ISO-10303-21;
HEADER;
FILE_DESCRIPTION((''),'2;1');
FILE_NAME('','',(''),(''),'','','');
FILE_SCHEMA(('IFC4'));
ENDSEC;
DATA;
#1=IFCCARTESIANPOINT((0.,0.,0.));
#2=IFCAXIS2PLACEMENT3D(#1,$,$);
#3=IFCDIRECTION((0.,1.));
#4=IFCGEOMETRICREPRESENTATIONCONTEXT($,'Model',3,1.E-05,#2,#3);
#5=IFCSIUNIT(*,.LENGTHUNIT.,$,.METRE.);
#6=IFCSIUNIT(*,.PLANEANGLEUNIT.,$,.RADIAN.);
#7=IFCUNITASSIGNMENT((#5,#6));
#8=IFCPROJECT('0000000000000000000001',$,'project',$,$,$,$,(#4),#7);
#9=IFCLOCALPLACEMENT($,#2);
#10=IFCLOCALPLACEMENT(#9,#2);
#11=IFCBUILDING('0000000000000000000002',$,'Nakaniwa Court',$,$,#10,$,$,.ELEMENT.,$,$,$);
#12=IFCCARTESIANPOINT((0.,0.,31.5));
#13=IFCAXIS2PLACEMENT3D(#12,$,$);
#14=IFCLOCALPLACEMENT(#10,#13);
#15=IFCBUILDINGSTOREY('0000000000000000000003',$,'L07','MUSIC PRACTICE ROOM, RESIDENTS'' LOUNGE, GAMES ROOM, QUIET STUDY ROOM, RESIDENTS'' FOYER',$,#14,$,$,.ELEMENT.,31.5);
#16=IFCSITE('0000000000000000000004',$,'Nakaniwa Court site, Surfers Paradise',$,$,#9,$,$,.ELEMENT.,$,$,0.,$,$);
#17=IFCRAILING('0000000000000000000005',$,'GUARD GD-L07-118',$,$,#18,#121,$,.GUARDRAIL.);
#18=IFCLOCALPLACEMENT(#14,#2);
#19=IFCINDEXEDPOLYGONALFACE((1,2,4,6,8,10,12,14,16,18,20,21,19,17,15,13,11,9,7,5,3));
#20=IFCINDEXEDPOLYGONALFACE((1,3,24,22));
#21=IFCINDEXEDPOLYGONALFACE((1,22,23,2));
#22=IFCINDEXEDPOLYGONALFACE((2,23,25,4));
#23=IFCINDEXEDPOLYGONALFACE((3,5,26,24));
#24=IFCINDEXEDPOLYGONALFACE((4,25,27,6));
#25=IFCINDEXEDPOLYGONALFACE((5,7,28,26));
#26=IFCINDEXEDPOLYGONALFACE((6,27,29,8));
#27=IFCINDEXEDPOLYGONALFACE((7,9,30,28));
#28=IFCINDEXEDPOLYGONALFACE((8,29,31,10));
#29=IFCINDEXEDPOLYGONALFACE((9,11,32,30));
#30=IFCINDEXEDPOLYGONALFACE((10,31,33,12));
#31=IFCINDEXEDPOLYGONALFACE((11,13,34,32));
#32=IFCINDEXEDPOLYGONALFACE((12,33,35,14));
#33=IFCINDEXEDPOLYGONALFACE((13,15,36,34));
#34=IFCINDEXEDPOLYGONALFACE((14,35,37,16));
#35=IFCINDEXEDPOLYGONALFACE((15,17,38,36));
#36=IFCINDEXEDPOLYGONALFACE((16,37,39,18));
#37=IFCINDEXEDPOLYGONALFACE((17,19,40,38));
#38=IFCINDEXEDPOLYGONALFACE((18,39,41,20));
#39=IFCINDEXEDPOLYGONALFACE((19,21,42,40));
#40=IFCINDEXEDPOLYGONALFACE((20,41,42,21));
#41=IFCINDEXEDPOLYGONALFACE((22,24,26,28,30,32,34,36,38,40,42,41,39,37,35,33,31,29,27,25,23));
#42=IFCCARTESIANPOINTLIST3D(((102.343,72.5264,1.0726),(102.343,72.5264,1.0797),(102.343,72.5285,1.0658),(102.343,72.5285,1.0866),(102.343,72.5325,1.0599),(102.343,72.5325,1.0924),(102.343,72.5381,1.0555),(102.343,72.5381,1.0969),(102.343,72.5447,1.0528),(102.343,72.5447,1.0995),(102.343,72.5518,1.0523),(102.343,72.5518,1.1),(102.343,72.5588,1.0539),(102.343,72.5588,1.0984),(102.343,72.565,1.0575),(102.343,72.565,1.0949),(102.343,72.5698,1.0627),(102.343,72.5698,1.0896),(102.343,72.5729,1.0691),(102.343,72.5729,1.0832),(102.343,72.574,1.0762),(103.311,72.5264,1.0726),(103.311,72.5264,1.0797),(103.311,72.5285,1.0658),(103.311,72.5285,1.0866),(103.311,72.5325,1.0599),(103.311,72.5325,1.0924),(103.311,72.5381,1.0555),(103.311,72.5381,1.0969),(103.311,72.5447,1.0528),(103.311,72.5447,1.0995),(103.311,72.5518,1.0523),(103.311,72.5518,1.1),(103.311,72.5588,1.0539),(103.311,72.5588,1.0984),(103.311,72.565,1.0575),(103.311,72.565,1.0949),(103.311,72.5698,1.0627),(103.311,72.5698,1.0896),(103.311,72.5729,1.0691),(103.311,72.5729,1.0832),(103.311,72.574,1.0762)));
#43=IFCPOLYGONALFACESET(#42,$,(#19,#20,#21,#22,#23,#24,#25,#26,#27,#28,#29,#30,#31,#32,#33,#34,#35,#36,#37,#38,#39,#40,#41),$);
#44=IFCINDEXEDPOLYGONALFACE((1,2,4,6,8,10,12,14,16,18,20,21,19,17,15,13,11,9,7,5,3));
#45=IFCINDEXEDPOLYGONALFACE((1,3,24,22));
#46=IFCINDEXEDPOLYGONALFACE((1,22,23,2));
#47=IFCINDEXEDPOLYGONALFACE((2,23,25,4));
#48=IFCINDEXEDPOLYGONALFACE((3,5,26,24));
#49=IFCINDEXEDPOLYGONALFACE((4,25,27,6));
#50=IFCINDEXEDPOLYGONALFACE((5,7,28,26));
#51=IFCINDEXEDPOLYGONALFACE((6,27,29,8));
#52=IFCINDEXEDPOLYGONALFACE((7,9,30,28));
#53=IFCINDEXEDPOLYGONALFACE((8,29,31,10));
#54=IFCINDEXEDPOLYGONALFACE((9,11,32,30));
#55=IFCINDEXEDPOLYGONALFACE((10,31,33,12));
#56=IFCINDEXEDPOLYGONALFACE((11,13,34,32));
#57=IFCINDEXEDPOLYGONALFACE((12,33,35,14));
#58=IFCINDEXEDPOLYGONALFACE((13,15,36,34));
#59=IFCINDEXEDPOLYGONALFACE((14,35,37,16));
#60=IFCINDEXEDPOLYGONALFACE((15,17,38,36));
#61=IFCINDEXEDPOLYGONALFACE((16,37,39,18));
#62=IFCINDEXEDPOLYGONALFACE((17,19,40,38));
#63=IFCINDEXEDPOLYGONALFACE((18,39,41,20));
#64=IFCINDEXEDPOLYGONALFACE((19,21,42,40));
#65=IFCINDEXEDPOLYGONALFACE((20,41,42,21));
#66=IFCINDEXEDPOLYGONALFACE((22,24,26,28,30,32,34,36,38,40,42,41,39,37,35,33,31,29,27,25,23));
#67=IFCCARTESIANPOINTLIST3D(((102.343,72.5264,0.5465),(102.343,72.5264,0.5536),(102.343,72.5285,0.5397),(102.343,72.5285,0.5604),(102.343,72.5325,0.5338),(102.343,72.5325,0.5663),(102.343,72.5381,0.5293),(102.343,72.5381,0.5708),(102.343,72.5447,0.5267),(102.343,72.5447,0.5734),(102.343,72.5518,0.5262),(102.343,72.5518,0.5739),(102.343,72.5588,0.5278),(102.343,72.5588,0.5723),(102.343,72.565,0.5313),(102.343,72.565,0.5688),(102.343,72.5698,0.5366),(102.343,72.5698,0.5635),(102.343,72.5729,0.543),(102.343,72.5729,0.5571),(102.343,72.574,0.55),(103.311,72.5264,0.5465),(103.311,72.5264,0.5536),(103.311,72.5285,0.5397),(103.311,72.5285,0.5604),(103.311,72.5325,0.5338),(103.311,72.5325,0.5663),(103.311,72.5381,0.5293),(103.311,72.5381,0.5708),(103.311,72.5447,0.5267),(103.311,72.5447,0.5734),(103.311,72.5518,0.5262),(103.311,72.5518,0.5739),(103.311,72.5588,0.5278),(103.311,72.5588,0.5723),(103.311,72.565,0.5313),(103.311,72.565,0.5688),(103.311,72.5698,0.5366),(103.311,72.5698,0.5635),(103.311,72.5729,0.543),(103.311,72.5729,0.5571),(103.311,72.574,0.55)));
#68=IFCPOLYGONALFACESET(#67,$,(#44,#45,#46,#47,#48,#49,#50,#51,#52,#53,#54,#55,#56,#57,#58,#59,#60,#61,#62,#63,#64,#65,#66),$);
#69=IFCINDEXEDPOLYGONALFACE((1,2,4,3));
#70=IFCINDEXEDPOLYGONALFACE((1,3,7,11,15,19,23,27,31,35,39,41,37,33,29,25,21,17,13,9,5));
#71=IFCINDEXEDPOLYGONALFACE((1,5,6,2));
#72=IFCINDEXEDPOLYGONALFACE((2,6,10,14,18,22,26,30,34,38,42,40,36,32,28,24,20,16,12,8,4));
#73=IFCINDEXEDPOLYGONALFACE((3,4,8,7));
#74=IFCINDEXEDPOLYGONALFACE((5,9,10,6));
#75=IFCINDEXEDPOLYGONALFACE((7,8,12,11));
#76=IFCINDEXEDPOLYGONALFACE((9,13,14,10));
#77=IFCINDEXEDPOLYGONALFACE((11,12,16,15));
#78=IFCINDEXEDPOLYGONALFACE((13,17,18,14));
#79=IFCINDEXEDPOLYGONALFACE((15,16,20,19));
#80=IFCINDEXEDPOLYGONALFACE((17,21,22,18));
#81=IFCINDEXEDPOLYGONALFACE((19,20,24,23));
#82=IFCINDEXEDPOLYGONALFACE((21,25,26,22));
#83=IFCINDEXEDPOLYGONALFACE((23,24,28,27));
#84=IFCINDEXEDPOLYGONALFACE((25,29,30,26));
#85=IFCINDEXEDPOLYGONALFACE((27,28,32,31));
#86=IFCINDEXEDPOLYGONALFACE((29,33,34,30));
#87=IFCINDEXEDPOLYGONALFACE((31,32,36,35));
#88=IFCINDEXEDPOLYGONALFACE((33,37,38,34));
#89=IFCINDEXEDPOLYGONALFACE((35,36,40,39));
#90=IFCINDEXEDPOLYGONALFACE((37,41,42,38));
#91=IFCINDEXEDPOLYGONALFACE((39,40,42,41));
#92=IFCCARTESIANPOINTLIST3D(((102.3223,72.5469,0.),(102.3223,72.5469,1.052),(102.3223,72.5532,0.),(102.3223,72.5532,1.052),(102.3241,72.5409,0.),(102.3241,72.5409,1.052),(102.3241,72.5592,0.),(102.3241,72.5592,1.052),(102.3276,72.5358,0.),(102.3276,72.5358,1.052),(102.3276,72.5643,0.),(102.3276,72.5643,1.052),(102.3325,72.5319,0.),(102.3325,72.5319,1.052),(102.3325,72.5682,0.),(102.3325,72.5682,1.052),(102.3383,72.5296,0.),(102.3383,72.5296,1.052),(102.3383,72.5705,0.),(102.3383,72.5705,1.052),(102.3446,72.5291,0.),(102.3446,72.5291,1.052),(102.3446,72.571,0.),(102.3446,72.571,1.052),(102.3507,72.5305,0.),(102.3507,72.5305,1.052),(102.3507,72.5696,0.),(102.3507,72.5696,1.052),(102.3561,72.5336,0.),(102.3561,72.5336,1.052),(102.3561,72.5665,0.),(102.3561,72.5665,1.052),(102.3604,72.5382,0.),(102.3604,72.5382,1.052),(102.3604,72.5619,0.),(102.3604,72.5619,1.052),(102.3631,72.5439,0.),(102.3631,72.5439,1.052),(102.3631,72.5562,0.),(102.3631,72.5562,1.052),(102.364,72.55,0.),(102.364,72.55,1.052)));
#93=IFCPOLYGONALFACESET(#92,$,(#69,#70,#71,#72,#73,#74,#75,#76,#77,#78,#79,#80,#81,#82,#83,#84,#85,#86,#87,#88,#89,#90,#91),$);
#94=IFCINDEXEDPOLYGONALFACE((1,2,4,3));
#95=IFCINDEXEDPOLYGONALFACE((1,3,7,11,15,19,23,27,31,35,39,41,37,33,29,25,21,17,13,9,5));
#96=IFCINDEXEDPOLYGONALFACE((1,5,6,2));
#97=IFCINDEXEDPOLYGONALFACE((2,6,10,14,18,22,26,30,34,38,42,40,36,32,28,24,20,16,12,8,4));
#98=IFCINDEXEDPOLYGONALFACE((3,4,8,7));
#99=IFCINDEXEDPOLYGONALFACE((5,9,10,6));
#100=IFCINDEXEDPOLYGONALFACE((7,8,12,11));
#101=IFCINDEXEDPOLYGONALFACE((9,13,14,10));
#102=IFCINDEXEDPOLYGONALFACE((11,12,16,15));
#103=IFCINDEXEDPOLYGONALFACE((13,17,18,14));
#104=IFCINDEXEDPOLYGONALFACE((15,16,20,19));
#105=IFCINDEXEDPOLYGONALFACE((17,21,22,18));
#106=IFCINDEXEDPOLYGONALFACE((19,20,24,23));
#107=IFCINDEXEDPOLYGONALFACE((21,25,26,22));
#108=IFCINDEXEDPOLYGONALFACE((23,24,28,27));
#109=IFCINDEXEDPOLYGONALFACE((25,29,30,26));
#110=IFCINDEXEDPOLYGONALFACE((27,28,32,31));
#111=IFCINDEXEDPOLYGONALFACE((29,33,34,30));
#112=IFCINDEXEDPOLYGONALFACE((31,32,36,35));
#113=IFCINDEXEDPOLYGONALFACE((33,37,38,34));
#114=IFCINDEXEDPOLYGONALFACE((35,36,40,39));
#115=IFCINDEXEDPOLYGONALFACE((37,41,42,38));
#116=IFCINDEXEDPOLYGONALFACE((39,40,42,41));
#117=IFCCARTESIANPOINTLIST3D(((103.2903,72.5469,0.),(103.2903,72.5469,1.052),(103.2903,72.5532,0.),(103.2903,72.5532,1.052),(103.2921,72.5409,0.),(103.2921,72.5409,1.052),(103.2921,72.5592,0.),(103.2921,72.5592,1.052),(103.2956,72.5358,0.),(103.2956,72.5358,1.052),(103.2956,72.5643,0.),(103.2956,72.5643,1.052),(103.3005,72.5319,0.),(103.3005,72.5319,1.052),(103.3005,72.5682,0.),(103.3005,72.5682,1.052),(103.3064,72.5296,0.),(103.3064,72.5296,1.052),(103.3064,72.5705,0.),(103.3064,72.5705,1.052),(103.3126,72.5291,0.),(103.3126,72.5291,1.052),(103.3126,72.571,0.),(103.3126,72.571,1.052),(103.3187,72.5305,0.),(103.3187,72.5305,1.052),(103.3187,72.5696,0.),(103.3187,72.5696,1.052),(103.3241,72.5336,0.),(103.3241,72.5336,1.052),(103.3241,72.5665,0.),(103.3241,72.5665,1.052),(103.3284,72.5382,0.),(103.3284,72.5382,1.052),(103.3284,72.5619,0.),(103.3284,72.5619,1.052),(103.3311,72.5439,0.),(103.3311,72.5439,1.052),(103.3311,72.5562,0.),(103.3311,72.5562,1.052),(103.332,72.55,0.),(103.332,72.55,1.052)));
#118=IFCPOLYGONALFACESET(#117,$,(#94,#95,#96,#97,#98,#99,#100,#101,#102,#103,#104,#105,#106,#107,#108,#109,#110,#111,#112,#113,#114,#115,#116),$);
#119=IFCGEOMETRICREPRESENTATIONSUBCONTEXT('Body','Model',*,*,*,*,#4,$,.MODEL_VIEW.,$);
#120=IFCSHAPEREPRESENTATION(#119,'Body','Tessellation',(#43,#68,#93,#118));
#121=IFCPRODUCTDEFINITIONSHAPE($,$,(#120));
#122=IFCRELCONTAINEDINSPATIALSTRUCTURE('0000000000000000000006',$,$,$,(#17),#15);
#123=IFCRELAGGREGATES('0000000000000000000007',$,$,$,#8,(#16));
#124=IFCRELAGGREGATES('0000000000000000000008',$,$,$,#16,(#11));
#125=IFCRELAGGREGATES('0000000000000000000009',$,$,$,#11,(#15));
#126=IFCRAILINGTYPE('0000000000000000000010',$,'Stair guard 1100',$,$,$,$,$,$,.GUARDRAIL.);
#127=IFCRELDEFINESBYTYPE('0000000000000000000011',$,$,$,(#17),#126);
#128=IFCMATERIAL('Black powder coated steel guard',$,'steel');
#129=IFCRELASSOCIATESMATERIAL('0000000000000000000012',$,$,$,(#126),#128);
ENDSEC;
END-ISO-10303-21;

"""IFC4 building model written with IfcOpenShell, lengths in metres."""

from ifc_helpers import new_model, si_unit, direction, frame, origin, origin_2d, place, context, subcontext, project, spatial, circle, extrude, material, type_object, element, save


model = new_model("IFC4")

# Units and contexts
model_context = context("Model", 3, precision=1e-05, world=origin(), true_north=direction((0.0, 1.0)))
body_context = subcontext(model_context, "Body", "Model", "MODEL_VIEW")
ifc_project = project(units=[si_unit("LENGTHUNIT", "METRE"), si_unit("PLANEANGLEUNIT", "RADIAN")], contexts=[model_context])

# Site, building, storey
site_placement = place(None, origin())
site = spatial("IfcSite", under=ifc_project, at=site_placement, Name="Nakaniwa Court site, Surfers Paradise", CompositionType="ELEMENT", RefElevation=0.0)
building_placement = place(site_placement, origin())
building = spatial("IfcBuilding", under=site, at=building_placement, Name="Nakaniwa Court", CompositionType="ELEMENT")
storey_placement = place(building_placement, frame((0.0, 0.0, 31.5)))
storey = spatial("IfcBuildingStorey", under=building, at=storey_placement, Name="L07", Description="MUSIC PRACTICE ROOM, RESIDENTS' LOUNGE, GAMES ROOM, QUIET STUDY ROOM, RESIDENTS' FOYER", CompositionType="ELEMENT", Elevation=31.5)

# Railing
ifc_material_1 = material(Name="Black powder coated steel guard", Category="steel")
railing_type = type_object("IfcRailingType", Name="Stair guard 1100", PredefinedType="GUARDRAIL", material=ifc_material_1)
railing_1_placement = place(storey_placement, frame((102.343, 72.55, 0.0)))
element("IfcRailing", 1, at=railing_1_placement, inside=storey, type_object=railing_type, Name="GUARD GD-L07-118", PredefinedType="GUARDRAIL", context=body_context, shape_type="SweptSolid", body=[
    extrude(circle(Radius=0.0239, at=origin_2d()), frame((0.0, 0.0, 1.0762), z_axis=(1.0, 0.0, 0.0), x_axis=(0.0, 1.0, 0.0)), (0.0, 0.0, 1.0), 0.968),
    extrude(circle(Radius=0.0239, at=origin_2d()), frame((0.0, 0.0, 0.55), z_axis=(1.0, 0.0, 0.0), x_axis=(0.0, 1.0, 0.0)), (0.0, 0.0, 1.0), 0.968),
    extrude(circle(Radius=0.021, at=origin_2d()), origin(), (0.0, 0.0, 1.0), 1.052),
    extrude(circle(Radius=0.021, at=origin_2d()), frame((0.968, 0.0, 0.0)), (0.0, 0.0, 1.0), 1.052),
])

save(model, "model.ifc")
